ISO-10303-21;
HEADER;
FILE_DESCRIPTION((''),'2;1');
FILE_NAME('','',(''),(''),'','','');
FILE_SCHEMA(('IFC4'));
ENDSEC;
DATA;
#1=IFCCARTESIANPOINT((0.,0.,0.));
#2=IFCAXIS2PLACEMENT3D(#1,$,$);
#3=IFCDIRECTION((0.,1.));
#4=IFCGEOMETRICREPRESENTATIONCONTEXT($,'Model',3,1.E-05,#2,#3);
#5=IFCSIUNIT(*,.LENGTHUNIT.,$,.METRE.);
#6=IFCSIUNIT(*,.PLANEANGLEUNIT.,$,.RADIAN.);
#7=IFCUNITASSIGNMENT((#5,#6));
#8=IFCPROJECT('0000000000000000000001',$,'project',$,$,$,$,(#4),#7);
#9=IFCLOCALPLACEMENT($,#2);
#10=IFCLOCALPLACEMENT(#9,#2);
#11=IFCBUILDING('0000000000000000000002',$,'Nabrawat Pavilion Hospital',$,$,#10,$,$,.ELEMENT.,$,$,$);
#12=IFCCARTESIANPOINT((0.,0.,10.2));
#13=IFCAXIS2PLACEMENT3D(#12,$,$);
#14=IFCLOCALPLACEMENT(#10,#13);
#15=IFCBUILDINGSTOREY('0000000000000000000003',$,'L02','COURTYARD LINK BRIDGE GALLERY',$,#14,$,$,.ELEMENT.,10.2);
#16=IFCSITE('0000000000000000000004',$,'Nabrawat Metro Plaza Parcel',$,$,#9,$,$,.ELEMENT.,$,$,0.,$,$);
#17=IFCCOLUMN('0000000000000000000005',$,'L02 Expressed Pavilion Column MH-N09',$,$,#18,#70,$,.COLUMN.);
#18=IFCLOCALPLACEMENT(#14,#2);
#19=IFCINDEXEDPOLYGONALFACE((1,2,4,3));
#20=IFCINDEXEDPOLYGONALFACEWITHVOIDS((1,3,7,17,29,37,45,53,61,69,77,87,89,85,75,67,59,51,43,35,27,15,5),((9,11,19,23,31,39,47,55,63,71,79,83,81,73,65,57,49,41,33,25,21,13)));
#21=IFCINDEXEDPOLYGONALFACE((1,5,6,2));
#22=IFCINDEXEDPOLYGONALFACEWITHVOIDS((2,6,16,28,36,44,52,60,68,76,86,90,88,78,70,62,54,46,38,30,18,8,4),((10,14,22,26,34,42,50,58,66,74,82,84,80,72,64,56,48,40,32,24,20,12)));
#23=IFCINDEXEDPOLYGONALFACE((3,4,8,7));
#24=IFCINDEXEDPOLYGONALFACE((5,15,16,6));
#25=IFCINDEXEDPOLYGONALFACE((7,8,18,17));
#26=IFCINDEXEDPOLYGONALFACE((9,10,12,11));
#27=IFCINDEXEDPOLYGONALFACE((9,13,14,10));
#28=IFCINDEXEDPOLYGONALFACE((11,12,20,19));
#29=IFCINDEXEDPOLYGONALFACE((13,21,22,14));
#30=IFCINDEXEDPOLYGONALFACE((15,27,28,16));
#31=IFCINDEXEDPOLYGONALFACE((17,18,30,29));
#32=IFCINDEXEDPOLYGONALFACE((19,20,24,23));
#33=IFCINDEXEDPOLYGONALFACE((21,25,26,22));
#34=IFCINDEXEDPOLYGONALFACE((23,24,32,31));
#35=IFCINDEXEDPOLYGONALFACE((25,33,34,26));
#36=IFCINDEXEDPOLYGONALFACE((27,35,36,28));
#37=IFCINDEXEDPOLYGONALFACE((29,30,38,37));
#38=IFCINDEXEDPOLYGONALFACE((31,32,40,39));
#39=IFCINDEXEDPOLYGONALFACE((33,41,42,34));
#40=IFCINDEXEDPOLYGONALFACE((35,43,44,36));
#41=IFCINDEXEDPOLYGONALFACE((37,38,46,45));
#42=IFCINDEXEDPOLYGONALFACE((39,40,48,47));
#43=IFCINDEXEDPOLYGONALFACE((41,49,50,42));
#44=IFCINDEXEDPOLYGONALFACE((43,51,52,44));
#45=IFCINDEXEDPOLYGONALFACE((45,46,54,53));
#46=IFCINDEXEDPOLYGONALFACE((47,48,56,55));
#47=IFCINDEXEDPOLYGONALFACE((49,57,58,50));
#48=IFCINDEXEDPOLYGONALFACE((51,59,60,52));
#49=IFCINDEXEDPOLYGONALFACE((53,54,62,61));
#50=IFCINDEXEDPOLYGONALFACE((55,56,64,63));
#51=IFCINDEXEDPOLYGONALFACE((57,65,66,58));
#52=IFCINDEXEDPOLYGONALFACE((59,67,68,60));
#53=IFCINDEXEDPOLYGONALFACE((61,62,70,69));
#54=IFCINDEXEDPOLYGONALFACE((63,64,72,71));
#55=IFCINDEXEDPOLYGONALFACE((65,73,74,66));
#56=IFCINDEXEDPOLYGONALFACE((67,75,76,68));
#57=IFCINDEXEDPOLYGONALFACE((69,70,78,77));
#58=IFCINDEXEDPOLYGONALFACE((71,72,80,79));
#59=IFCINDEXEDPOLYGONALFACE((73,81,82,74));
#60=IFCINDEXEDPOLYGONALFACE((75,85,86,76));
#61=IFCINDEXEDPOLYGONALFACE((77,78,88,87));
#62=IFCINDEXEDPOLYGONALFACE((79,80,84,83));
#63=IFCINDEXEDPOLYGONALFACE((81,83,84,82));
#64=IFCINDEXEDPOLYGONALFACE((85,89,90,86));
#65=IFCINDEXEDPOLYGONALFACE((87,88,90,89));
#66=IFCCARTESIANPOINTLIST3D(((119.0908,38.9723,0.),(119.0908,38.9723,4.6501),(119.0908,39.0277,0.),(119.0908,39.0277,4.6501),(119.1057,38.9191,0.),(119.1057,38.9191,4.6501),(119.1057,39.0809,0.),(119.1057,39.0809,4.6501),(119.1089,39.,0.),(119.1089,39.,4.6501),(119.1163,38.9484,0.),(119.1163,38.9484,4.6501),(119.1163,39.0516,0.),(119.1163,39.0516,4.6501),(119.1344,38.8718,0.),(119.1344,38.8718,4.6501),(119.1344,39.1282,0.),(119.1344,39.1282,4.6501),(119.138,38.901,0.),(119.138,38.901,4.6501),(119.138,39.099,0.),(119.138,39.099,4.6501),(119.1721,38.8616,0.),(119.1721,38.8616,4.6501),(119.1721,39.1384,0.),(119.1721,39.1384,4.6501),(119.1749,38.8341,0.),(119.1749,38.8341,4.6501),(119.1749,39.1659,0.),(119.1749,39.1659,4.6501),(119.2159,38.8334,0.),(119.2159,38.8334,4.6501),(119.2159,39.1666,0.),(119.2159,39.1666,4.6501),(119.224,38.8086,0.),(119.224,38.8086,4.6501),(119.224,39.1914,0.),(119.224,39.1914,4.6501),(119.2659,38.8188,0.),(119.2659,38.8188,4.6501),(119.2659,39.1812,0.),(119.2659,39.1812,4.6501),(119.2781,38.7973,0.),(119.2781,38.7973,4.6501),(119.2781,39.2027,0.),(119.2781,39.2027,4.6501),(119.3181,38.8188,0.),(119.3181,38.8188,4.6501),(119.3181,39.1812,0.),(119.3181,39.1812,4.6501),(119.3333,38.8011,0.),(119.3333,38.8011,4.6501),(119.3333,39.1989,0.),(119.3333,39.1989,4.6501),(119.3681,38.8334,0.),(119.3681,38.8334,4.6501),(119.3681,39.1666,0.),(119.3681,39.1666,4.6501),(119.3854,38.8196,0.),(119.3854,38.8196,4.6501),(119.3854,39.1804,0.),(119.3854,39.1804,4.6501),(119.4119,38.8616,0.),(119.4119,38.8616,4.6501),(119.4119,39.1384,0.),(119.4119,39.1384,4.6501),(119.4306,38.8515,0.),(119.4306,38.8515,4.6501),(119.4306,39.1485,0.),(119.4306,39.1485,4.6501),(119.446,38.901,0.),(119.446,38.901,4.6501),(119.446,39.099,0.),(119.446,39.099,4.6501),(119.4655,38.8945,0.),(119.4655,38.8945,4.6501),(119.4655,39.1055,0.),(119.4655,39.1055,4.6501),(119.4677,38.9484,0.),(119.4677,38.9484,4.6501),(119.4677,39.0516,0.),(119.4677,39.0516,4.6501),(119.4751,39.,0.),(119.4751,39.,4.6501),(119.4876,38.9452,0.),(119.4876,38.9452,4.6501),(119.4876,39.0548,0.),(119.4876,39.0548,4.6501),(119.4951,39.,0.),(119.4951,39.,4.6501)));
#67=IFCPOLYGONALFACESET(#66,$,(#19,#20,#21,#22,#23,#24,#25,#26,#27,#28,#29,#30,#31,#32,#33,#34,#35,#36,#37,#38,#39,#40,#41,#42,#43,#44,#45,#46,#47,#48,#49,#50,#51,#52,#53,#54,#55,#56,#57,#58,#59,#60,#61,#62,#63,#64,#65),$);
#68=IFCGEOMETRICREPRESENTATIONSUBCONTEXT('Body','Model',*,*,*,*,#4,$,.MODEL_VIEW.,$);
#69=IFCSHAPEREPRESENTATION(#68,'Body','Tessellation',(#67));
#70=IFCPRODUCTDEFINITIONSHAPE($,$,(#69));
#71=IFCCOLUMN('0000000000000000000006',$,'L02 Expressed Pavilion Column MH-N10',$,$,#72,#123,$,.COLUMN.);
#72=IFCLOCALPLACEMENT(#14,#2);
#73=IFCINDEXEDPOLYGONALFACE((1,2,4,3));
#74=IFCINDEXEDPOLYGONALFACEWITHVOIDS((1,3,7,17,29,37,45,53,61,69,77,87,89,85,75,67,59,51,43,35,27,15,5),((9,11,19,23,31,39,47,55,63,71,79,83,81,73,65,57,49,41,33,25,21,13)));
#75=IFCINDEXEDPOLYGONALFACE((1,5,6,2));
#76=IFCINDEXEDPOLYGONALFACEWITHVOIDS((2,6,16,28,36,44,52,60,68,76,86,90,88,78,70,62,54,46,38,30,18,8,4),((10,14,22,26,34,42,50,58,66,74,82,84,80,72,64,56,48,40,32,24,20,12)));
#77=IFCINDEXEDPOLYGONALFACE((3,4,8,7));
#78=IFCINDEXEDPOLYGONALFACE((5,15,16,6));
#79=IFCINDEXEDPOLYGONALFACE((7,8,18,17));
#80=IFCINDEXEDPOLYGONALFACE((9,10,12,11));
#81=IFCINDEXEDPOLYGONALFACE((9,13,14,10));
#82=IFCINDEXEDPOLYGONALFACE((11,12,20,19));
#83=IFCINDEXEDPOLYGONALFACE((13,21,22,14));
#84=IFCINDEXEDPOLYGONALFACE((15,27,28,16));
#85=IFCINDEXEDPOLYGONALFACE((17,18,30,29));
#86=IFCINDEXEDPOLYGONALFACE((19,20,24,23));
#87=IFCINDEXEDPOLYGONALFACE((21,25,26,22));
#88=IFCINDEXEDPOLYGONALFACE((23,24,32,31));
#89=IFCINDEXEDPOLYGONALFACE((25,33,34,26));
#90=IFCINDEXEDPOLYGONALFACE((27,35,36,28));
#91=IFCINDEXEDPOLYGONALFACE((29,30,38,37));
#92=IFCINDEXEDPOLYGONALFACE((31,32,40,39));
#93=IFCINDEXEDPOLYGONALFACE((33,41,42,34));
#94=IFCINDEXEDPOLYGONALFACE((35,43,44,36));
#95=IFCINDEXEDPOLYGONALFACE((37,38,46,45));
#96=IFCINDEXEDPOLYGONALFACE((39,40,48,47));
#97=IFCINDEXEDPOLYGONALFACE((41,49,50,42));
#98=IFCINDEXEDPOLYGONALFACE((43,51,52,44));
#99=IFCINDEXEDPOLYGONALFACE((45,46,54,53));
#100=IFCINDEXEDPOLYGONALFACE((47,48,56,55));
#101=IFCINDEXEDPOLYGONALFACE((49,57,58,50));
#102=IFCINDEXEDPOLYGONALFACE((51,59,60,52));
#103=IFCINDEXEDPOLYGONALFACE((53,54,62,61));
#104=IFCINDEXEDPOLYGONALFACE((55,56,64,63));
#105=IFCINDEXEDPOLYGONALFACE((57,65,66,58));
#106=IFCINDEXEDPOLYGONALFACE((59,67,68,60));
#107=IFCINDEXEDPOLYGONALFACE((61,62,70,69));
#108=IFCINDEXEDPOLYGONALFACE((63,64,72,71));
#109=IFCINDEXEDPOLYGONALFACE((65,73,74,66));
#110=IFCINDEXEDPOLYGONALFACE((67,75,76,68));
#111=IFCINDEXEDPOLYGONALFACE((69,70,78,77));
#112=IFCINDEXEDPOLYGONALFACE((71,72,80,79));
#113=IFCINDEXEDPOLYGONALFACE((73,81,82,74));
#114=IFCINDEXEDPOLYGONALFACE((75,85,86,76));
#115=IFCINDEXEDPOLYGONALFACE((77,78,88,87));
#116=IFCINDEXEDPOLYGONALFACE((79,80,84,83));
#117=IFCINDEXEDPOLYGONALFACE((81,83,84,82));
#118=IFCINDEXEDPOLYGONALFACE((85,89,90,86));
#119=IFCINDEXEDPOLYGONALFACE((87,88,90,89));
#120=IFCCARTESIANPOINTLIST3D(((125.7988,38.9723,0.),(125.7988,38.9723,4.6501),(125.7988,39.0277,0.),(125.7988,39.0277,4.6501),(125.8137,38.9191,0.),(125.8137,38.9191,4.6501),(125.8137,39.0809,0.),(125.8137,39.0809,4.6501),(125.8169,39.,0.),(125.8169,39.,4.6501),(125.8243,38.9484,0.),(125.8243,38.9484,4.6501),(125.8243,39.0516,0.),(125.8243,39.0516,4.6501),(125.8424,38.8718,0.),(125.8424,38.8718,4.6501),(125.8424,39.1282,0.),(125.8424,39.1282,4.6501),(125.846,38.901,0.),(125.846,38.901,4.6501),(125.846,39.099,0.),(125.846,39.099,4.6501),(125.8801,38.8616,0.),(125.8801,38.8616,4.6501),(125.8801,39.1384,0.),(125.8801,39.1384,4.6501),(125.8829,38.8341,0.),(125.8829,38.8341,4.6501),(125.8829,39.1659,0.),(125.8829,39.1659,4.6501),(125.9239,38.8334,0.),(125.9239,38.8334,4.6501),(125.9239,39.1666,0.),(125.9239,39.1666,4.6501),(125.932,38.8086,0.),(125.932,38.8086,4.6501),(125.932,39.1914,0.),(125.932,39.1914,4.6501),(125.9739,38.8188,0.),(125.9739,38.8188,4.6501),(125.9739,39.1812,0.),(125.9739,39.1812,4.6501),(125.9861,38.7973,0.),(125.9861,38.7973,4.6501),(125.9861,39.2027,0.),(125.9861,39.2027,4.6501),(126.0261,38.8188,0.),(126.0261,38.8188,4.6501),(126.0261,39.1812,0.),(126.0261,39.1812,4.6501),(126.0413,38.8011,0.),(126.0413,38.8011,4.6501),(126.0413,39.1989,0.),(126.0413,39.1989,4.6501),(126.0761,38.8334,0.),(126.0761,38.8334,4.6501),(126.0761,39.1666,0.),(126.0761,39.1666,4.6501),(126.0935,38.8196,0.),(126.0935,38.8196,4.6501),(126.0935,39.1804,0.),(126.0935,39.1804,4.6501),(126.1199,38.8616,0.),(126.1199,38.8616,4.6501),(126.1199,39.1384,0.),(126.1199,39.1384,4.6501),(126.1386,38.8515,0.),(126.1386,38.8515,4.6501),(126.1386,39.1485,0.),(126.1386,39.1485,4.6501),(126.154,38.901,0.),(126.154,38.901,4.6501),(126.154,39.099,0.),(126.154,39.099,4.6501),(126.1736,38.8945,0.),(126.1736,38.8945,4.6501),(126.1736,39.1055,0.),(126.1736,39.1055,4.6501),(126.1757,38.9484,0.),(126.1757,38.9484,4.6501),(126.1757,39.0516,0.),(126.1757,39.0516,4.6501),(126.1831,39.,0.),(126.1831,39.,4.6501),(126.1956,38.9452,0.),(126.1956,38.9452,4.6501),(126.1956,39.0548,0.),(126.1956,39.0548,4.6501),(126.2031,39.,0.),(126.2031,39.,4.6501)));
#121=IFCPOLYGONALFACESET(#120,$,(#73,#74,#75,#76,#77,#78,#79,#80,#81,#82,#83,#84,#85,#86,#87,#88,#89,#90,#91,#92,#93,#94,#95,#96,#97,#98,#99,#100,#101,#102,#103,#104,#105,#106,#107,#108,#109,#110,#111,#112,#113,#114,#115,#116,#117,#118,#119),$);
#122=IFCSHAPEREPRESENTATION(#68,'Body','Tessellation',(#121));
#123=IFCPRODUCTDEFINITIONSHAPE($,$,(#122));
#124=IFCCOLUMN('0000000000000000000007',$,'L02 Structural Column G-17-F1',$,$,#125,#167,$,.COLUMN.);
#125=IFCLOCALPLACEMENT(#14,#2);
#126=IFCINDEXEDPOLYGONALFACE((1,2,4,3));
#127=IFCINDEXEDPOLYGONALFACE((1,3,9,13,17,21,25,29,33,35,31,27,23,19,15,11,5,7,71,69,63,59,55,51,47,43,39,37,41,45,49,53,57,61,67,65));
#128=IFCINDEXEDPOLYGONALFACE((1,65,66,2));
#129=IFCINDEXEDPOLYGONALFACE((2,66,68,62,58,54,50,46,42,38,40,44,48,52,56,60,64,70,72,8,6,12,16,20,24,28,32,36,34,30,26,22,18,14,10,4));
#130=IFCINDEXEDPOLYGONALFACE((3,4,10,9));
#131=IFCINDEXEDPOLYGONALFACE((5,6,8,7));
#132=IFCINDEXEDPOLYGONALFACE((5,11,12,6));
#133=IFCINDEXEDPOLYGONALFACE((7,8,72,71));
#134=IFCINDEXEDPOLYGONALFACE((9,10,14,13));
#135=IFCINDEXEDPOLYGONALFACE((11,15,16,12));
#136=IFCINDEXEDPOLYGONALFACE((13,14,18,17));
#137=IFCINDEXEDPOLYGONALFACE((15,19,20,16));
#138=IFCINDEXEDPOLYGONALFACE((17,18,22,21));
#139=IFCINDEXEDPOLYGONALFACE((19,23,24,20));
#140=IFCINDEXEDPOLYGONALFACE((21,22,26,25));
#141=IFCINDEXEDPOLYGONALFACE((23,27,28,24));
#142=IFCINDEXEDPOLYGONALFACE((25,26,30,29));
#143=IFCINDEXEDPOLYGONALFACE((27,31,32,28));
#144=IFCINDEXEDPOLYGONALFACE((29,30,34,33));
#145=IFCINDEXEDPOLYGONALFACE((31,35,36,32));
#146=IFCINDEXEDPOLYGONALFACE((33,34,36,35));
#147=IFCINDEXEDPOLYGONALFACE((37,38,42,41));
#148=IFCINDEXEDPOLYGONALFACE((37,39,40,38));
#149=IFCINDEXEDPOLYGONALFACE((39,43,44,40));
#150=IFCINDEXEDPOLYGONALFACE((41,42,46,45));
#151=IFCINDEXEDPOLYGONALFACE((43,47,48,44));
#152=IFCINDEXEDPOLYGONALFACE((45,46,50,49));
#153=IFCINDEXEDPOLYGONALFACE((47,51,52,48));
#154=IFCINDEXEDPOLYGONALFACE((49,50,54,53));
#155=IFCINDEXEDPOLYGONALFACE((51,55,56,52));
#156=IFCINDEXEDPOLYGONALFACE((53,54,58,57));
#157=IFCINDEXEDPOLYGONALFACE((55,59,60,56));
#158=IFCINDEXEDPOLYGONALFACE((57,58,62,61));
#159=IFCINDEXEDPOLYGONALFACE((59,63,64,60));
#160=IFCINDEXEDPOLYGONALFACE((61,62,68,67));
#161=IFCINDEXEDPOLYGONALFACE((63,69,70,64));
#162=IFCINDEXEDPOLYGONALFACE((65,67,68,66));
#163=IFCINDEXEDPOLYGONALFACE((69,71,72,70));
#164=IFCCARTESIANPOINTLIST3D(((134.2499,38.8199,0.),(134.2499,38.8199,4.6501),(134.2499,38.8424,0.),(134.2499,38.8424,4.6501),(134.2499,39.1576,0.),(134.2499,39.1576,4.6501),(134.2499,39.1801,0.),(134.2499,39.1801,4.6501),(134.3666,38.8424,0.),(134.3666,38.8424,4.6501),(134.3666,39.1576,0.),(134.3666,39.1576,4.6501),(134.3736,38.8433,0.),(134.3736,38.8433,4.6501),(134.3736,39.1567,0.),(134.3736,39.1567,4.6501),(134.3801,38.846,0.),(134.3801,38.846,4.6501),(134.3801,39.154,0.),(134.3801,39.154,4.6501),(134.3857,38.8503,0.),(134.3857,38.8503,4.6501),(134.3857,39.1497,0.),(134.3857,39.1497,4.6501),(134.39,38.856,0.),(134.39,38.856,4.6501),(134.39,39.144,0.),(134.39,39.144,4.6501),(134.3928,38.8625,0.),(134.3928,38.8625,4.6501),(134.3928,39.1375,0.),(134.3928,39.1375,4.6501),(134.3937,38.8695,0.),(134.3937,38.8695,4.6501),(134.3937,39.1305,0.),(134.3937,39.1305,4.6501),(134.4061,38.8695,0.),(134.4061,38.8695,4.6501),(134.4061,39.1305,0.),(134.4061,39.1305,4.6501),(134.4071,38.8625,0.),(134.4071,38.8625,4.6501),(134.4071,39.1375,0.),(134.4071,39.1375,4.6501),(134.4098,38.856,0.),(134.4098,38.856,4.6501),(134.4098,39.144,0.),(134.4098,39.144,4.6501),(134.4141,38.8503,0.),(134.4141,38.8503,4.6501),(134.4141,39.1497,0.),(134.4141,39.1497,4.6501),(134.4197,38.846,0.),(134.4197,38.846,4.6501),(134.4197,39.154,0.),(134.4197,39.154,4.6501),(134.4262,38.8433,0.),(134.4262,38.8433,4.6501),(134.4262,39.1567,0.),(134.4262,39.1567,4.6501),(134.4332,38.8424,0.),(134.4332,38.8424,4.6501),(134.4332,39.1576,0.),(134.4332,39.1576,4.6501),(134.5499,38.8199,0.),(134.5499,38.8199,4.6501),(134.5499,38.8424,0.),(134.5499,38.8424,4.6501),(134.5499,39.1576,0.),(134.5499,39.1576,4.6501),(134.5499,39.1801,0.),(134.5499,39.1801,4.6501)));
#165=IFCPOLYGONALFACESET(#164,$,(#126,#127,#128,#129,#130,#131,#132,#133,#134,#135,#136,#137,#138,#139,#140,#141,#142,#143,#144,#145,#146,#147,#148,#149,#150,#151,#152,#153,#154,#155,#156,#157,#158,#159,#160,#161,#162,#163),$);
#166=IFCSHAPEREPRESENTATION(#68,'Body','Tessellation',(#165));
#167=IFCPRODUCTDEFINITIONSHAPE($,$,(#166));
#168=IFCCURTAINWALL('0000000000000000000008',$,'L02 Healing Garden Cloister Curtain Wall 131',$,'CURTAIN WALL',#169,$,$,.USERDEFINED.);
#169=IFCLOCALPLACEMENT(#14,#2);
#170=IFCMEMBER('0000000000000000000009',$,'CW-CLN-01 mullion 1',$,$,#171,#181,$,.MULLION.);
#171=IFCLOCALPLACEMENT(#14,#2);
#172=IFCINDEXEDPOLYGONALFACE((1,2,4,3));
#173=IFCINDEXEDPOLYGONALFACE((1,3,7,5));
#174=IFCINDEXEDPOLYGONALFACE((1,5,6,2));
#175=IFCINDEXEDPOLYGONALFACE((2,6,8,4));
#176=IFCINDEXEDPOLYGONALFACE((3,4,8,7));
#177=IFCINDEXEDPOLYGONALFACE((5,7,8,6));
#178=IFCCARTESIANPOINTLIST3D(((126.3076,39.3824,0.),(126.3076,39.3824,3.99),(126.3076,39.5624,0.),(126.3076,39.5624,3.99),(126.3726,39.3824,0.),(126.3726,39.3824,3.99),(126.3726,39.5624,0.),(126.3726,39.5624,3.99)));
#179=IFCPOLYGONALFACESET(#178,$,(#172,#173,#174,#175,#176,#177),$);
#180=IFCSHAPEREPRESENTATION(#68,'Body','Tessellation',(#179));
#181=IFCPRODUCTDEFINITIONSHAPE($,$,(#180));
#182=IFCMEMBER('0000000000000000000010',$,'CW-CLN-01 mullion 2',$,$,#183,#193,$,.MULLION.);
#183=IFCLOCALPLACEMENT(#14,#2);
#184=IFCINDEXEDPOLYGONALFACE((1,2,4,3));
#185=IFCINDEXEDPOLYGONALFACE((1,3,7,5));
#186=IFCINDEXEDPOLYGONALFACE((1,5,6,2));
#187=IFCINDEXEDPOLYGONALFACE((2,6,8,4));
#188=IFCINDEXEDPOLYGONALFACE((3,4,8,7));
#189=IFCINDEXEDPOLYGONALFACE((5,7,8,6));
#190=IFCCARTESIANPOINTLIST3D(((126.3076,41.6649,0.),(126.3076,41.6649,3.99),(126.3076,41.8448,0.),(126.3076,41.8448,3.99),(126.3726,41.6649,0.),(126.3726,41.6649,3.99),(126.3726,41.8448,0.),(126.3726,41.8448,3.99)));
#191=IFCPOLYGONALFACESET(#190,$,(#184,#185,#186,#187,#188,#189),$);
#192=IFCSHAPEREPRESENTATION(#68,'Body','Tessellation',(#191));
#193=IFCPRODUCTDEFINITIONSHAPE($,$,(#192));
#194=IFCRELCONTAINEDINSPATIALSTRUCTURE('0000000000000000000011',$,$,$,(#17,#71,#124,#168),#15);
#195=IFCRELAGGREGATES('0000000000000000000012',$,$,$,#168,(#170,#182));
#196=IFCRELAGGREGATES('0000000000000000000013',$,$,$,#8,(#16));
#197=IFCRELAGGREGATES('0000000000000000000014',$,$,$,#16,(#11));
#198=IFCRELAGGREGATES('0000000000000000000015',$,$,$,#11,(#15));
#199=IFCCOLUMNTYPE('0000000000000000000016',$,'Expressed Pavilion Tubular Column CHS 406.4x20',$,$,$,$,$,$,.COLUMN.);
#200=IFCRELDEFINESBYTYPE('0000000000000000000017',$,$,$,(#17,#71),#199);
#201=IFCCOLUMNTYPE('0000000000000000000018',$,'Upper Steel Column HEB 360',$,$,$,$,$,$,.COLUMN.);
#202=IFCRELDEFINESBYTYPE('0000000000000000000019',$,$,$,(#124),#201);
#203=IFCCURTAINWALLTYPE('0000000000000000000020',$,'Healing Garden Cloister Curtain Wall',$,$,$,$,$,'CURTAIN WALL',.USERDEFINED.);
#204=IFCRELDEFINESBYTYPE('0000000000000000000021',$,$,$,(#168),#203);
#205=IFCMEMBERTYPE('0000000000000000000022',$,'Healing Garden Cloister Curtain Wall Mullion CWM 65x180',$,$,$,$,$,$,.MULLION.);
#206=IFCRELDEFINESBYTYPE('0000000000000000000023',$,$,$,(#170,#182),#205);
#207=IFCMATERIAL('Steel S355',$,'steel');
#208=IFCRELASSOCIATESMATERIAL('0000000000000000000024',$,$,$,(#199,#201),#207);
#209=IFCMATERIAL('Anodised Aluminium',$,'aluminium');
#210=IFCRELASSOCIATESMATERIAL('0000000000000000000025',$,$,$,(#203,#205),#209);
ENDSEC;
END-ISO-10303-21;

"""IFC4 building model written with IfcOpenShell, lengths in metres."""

from ifc_helpers import new_model, si_unit, direction, frame, origin, origin_2d, place, context, subcontext, project, spatial, rectangle, hollow_circle, i_section, extrude, material, material_profile, profile_set, type_object, element, aggregate, save


model = new_model("IFC4")

# Units and contexts
model_context = context("Model", 3, precision=1e-05, world=origin(), true_north=direction((0.0, 1.0)))
body_context = subcontext(model_context, "Body", "Model", "MODEL_VIEW")
ifc_project = project(units=[si_unit("LENGTHUNIT", "METRE"), si_unit("PLANEANGLEUNIT", "RADIAN")], contexts=[model_context])

# Site, building, storey
site_placement = place(None, origin())
site = spatial("IfcSite", under=ifc_project, at=site_placement, Name="Nabrawat Metro Plaza Parcel", CompositionType="ELEMENT", RefElevation=0.0)
building_placement = place(site_placement, origin())
building = spatial("IfcBuilding", under=site, at=building_placement, Name="Nabrawat Pavilion Hospital", CompositionType="ELEMENT")
storey_placement = place(building_placement, frame((0.0, 0.0, 10.2)))
storey = spatial("IfcBuildingStorey", under=building, at=storey_placement, Name="L02", Description="COURTYARD LINK BRIDGE GALLERY", CompositionType="ELEMENT", Elevation=10.2)

# Columns
ifc_material_1 = material(Name="Steel S355", Category="steel")
ifc_material_profile_1 = material_profile(ifc_material_1, hollow_circle(Radius=0.2031, WallThickness=0.02, at=origin_2d()), Name="CHS 406.4x20")
ifc_profile_set_1 = profile_set([ifc_material_profile_1], Name="Steel S355")
column_type_1 = type_object("IfcColumnType", Name="Expressed Pavilion Tubular Column CHS 406.4x20", PredefinedType="COLUMN", material=ifc_profile_set_1)
for number, where, z_axis, x_axis, name in (
    (1, (119.292, 39.0, 0.0), (0.0, 0.0, 1.0), (1.0, 0.0, 0.0), "L02 Expressed Pavilion Column MH-N09"),
    (2, (126.0, 39.0, 0.0), (0.0, 0.0, 1.0), (1.0, 0.0, 0.0), "L02 Expressed Pavilion Column MH-N10"),
):
    element("IfcColumn", number, at=place(storey_placement, frame(where, z_axis=z_axis, x_axis=x_axis)), inside=storey, type_object=column_type_1, Name=name, PredefinedType="COLUMN", context=body_context, shape_type="SweptSolid", body=[
        extrude(hollow_circle(Radius=0.2031, WallThickness=0.02, at=origin_2d()), origin(), (0.0, 0.0, 1.0), 4.6501),
    ])
ifc_material_profile_2 = material_profile(ifc_material_1, i_section(OverallWidth=0.3, OverallDepth=0.3601, WebThickness=0.0125, FlangeThickness=0.0225, FilletRadius=0.0271, at=origin_2d()), Name="HEB 360")
ifc_profile_set_2 = profile_set([ifc_material_profile_2], Name="Steel S355")
column_type_2 = type_object("IfcColumnType", Name="Upper Steel Column HEB 360", PredefinedType="COLUMN", material=ifc_profile_set_2)
column_placement = place(storey_placement, frame((134.3999, 39.0, 0.0), z_axis=(0.0, 0.0, 1.0), x_axis=(1.0, 0.0, 0.0)))
element("IfcColumn", 3, at=column_placement, inside=storey, type_object=column_type_2, Name="L02 Structural Column G-17-F1", PredefinedType="COLUMN", context=body_context, shape_type="SweptSolid", body=[
    extrude(i_section(OverallWidth=0.3, OverallDepth=0.3601, WebThickness=0.0125, FlangeThickness=0.0225, FilletRadius=0.0271, at=origin_2d()), origin(), (0.0, 0.0, 1.0), 4.6501),
])

# Curtain wall, members
ifc_material_2 = material(Name="Anodised Aluminium", Category="aluminium")
curtain_wall_type_1 = type_object("IfcCurtainWallType", Name="Healing Garden Cloister Curtain Wall", ElementType="CURTAIN WALL", PredefinedType="USERDEFINED", material=ifc_material_2)
curtain_wall_1_placement = place(storey_placement, origin())
curtain_wall_1 = element("IfcCurtainWall", 4, at=curtain_wall_1_placement, inside=storey, type_object=curtain_wall_type_1, Name="L02 Healing Garden Cloister Curtain Wall 131", ObjectType="CURTAIN WALL", PredefinedType="USERDEFINED")
ifc_material_profile_3 = material_profile(ifc_material_2, rectangle(XDim=0.0649, YDim=0.1799, at=origin_2d()), Name="CWM 65x180")
ifc_profile_set_3 = profile_set([ifc_material_profile_3], Name="Anodised Aluminium")
member_type_1 = type_object("IfcMemberType", Name="Healing Garden Cloister Curtain Wall Mullion CWM 65x180", PredefinedType="MULLION", material=ifc_profile_set_3)
member_1_placement = place(storey_placement, frame((126.3401, 39.4724, 0.0), z_axis=(0.0, 0.0, 1.0), x_axis=(-1.0, 0.0, 0.0)))
member_1 = element("IfcMember", 5, at=member_1_placement, type_object=member_type_1, Name="CW-CLN-01 mullion 1", PredefinedType="MULLION", context=body_context, shape_type="SweptSolid", body=[
    extrude(rectangle(XDim=0.0649, YDim=0.1799, at=origin_2d()), origin(), (0.0, 0.0, 1.0), 3.99),
])
member_2_placement = place(storey_placement, frame((126.3401, 41.7549, 0.0), z_axis=(0.0, 0.0, 1.0), x_axis=(-1.0, 0.0, 0.0)))
member_2 = element("IfcMember", 6, at=member_2_placement, type_object=member_type_1, Name="CW-CLN-01 mullion 2", PredefinedType="MULLION", context=body_context, shape_type="SweptSolid", body=[
    extrude(rectangle(XDim=0.0649, YDim=0.1799, at=origin_2d()), origin(), (0.0, 0.0, 1.0), 3.99),
])

aggregate(curtain_wall_1, [member_1, member_2])

save(model, "model.ifc")
